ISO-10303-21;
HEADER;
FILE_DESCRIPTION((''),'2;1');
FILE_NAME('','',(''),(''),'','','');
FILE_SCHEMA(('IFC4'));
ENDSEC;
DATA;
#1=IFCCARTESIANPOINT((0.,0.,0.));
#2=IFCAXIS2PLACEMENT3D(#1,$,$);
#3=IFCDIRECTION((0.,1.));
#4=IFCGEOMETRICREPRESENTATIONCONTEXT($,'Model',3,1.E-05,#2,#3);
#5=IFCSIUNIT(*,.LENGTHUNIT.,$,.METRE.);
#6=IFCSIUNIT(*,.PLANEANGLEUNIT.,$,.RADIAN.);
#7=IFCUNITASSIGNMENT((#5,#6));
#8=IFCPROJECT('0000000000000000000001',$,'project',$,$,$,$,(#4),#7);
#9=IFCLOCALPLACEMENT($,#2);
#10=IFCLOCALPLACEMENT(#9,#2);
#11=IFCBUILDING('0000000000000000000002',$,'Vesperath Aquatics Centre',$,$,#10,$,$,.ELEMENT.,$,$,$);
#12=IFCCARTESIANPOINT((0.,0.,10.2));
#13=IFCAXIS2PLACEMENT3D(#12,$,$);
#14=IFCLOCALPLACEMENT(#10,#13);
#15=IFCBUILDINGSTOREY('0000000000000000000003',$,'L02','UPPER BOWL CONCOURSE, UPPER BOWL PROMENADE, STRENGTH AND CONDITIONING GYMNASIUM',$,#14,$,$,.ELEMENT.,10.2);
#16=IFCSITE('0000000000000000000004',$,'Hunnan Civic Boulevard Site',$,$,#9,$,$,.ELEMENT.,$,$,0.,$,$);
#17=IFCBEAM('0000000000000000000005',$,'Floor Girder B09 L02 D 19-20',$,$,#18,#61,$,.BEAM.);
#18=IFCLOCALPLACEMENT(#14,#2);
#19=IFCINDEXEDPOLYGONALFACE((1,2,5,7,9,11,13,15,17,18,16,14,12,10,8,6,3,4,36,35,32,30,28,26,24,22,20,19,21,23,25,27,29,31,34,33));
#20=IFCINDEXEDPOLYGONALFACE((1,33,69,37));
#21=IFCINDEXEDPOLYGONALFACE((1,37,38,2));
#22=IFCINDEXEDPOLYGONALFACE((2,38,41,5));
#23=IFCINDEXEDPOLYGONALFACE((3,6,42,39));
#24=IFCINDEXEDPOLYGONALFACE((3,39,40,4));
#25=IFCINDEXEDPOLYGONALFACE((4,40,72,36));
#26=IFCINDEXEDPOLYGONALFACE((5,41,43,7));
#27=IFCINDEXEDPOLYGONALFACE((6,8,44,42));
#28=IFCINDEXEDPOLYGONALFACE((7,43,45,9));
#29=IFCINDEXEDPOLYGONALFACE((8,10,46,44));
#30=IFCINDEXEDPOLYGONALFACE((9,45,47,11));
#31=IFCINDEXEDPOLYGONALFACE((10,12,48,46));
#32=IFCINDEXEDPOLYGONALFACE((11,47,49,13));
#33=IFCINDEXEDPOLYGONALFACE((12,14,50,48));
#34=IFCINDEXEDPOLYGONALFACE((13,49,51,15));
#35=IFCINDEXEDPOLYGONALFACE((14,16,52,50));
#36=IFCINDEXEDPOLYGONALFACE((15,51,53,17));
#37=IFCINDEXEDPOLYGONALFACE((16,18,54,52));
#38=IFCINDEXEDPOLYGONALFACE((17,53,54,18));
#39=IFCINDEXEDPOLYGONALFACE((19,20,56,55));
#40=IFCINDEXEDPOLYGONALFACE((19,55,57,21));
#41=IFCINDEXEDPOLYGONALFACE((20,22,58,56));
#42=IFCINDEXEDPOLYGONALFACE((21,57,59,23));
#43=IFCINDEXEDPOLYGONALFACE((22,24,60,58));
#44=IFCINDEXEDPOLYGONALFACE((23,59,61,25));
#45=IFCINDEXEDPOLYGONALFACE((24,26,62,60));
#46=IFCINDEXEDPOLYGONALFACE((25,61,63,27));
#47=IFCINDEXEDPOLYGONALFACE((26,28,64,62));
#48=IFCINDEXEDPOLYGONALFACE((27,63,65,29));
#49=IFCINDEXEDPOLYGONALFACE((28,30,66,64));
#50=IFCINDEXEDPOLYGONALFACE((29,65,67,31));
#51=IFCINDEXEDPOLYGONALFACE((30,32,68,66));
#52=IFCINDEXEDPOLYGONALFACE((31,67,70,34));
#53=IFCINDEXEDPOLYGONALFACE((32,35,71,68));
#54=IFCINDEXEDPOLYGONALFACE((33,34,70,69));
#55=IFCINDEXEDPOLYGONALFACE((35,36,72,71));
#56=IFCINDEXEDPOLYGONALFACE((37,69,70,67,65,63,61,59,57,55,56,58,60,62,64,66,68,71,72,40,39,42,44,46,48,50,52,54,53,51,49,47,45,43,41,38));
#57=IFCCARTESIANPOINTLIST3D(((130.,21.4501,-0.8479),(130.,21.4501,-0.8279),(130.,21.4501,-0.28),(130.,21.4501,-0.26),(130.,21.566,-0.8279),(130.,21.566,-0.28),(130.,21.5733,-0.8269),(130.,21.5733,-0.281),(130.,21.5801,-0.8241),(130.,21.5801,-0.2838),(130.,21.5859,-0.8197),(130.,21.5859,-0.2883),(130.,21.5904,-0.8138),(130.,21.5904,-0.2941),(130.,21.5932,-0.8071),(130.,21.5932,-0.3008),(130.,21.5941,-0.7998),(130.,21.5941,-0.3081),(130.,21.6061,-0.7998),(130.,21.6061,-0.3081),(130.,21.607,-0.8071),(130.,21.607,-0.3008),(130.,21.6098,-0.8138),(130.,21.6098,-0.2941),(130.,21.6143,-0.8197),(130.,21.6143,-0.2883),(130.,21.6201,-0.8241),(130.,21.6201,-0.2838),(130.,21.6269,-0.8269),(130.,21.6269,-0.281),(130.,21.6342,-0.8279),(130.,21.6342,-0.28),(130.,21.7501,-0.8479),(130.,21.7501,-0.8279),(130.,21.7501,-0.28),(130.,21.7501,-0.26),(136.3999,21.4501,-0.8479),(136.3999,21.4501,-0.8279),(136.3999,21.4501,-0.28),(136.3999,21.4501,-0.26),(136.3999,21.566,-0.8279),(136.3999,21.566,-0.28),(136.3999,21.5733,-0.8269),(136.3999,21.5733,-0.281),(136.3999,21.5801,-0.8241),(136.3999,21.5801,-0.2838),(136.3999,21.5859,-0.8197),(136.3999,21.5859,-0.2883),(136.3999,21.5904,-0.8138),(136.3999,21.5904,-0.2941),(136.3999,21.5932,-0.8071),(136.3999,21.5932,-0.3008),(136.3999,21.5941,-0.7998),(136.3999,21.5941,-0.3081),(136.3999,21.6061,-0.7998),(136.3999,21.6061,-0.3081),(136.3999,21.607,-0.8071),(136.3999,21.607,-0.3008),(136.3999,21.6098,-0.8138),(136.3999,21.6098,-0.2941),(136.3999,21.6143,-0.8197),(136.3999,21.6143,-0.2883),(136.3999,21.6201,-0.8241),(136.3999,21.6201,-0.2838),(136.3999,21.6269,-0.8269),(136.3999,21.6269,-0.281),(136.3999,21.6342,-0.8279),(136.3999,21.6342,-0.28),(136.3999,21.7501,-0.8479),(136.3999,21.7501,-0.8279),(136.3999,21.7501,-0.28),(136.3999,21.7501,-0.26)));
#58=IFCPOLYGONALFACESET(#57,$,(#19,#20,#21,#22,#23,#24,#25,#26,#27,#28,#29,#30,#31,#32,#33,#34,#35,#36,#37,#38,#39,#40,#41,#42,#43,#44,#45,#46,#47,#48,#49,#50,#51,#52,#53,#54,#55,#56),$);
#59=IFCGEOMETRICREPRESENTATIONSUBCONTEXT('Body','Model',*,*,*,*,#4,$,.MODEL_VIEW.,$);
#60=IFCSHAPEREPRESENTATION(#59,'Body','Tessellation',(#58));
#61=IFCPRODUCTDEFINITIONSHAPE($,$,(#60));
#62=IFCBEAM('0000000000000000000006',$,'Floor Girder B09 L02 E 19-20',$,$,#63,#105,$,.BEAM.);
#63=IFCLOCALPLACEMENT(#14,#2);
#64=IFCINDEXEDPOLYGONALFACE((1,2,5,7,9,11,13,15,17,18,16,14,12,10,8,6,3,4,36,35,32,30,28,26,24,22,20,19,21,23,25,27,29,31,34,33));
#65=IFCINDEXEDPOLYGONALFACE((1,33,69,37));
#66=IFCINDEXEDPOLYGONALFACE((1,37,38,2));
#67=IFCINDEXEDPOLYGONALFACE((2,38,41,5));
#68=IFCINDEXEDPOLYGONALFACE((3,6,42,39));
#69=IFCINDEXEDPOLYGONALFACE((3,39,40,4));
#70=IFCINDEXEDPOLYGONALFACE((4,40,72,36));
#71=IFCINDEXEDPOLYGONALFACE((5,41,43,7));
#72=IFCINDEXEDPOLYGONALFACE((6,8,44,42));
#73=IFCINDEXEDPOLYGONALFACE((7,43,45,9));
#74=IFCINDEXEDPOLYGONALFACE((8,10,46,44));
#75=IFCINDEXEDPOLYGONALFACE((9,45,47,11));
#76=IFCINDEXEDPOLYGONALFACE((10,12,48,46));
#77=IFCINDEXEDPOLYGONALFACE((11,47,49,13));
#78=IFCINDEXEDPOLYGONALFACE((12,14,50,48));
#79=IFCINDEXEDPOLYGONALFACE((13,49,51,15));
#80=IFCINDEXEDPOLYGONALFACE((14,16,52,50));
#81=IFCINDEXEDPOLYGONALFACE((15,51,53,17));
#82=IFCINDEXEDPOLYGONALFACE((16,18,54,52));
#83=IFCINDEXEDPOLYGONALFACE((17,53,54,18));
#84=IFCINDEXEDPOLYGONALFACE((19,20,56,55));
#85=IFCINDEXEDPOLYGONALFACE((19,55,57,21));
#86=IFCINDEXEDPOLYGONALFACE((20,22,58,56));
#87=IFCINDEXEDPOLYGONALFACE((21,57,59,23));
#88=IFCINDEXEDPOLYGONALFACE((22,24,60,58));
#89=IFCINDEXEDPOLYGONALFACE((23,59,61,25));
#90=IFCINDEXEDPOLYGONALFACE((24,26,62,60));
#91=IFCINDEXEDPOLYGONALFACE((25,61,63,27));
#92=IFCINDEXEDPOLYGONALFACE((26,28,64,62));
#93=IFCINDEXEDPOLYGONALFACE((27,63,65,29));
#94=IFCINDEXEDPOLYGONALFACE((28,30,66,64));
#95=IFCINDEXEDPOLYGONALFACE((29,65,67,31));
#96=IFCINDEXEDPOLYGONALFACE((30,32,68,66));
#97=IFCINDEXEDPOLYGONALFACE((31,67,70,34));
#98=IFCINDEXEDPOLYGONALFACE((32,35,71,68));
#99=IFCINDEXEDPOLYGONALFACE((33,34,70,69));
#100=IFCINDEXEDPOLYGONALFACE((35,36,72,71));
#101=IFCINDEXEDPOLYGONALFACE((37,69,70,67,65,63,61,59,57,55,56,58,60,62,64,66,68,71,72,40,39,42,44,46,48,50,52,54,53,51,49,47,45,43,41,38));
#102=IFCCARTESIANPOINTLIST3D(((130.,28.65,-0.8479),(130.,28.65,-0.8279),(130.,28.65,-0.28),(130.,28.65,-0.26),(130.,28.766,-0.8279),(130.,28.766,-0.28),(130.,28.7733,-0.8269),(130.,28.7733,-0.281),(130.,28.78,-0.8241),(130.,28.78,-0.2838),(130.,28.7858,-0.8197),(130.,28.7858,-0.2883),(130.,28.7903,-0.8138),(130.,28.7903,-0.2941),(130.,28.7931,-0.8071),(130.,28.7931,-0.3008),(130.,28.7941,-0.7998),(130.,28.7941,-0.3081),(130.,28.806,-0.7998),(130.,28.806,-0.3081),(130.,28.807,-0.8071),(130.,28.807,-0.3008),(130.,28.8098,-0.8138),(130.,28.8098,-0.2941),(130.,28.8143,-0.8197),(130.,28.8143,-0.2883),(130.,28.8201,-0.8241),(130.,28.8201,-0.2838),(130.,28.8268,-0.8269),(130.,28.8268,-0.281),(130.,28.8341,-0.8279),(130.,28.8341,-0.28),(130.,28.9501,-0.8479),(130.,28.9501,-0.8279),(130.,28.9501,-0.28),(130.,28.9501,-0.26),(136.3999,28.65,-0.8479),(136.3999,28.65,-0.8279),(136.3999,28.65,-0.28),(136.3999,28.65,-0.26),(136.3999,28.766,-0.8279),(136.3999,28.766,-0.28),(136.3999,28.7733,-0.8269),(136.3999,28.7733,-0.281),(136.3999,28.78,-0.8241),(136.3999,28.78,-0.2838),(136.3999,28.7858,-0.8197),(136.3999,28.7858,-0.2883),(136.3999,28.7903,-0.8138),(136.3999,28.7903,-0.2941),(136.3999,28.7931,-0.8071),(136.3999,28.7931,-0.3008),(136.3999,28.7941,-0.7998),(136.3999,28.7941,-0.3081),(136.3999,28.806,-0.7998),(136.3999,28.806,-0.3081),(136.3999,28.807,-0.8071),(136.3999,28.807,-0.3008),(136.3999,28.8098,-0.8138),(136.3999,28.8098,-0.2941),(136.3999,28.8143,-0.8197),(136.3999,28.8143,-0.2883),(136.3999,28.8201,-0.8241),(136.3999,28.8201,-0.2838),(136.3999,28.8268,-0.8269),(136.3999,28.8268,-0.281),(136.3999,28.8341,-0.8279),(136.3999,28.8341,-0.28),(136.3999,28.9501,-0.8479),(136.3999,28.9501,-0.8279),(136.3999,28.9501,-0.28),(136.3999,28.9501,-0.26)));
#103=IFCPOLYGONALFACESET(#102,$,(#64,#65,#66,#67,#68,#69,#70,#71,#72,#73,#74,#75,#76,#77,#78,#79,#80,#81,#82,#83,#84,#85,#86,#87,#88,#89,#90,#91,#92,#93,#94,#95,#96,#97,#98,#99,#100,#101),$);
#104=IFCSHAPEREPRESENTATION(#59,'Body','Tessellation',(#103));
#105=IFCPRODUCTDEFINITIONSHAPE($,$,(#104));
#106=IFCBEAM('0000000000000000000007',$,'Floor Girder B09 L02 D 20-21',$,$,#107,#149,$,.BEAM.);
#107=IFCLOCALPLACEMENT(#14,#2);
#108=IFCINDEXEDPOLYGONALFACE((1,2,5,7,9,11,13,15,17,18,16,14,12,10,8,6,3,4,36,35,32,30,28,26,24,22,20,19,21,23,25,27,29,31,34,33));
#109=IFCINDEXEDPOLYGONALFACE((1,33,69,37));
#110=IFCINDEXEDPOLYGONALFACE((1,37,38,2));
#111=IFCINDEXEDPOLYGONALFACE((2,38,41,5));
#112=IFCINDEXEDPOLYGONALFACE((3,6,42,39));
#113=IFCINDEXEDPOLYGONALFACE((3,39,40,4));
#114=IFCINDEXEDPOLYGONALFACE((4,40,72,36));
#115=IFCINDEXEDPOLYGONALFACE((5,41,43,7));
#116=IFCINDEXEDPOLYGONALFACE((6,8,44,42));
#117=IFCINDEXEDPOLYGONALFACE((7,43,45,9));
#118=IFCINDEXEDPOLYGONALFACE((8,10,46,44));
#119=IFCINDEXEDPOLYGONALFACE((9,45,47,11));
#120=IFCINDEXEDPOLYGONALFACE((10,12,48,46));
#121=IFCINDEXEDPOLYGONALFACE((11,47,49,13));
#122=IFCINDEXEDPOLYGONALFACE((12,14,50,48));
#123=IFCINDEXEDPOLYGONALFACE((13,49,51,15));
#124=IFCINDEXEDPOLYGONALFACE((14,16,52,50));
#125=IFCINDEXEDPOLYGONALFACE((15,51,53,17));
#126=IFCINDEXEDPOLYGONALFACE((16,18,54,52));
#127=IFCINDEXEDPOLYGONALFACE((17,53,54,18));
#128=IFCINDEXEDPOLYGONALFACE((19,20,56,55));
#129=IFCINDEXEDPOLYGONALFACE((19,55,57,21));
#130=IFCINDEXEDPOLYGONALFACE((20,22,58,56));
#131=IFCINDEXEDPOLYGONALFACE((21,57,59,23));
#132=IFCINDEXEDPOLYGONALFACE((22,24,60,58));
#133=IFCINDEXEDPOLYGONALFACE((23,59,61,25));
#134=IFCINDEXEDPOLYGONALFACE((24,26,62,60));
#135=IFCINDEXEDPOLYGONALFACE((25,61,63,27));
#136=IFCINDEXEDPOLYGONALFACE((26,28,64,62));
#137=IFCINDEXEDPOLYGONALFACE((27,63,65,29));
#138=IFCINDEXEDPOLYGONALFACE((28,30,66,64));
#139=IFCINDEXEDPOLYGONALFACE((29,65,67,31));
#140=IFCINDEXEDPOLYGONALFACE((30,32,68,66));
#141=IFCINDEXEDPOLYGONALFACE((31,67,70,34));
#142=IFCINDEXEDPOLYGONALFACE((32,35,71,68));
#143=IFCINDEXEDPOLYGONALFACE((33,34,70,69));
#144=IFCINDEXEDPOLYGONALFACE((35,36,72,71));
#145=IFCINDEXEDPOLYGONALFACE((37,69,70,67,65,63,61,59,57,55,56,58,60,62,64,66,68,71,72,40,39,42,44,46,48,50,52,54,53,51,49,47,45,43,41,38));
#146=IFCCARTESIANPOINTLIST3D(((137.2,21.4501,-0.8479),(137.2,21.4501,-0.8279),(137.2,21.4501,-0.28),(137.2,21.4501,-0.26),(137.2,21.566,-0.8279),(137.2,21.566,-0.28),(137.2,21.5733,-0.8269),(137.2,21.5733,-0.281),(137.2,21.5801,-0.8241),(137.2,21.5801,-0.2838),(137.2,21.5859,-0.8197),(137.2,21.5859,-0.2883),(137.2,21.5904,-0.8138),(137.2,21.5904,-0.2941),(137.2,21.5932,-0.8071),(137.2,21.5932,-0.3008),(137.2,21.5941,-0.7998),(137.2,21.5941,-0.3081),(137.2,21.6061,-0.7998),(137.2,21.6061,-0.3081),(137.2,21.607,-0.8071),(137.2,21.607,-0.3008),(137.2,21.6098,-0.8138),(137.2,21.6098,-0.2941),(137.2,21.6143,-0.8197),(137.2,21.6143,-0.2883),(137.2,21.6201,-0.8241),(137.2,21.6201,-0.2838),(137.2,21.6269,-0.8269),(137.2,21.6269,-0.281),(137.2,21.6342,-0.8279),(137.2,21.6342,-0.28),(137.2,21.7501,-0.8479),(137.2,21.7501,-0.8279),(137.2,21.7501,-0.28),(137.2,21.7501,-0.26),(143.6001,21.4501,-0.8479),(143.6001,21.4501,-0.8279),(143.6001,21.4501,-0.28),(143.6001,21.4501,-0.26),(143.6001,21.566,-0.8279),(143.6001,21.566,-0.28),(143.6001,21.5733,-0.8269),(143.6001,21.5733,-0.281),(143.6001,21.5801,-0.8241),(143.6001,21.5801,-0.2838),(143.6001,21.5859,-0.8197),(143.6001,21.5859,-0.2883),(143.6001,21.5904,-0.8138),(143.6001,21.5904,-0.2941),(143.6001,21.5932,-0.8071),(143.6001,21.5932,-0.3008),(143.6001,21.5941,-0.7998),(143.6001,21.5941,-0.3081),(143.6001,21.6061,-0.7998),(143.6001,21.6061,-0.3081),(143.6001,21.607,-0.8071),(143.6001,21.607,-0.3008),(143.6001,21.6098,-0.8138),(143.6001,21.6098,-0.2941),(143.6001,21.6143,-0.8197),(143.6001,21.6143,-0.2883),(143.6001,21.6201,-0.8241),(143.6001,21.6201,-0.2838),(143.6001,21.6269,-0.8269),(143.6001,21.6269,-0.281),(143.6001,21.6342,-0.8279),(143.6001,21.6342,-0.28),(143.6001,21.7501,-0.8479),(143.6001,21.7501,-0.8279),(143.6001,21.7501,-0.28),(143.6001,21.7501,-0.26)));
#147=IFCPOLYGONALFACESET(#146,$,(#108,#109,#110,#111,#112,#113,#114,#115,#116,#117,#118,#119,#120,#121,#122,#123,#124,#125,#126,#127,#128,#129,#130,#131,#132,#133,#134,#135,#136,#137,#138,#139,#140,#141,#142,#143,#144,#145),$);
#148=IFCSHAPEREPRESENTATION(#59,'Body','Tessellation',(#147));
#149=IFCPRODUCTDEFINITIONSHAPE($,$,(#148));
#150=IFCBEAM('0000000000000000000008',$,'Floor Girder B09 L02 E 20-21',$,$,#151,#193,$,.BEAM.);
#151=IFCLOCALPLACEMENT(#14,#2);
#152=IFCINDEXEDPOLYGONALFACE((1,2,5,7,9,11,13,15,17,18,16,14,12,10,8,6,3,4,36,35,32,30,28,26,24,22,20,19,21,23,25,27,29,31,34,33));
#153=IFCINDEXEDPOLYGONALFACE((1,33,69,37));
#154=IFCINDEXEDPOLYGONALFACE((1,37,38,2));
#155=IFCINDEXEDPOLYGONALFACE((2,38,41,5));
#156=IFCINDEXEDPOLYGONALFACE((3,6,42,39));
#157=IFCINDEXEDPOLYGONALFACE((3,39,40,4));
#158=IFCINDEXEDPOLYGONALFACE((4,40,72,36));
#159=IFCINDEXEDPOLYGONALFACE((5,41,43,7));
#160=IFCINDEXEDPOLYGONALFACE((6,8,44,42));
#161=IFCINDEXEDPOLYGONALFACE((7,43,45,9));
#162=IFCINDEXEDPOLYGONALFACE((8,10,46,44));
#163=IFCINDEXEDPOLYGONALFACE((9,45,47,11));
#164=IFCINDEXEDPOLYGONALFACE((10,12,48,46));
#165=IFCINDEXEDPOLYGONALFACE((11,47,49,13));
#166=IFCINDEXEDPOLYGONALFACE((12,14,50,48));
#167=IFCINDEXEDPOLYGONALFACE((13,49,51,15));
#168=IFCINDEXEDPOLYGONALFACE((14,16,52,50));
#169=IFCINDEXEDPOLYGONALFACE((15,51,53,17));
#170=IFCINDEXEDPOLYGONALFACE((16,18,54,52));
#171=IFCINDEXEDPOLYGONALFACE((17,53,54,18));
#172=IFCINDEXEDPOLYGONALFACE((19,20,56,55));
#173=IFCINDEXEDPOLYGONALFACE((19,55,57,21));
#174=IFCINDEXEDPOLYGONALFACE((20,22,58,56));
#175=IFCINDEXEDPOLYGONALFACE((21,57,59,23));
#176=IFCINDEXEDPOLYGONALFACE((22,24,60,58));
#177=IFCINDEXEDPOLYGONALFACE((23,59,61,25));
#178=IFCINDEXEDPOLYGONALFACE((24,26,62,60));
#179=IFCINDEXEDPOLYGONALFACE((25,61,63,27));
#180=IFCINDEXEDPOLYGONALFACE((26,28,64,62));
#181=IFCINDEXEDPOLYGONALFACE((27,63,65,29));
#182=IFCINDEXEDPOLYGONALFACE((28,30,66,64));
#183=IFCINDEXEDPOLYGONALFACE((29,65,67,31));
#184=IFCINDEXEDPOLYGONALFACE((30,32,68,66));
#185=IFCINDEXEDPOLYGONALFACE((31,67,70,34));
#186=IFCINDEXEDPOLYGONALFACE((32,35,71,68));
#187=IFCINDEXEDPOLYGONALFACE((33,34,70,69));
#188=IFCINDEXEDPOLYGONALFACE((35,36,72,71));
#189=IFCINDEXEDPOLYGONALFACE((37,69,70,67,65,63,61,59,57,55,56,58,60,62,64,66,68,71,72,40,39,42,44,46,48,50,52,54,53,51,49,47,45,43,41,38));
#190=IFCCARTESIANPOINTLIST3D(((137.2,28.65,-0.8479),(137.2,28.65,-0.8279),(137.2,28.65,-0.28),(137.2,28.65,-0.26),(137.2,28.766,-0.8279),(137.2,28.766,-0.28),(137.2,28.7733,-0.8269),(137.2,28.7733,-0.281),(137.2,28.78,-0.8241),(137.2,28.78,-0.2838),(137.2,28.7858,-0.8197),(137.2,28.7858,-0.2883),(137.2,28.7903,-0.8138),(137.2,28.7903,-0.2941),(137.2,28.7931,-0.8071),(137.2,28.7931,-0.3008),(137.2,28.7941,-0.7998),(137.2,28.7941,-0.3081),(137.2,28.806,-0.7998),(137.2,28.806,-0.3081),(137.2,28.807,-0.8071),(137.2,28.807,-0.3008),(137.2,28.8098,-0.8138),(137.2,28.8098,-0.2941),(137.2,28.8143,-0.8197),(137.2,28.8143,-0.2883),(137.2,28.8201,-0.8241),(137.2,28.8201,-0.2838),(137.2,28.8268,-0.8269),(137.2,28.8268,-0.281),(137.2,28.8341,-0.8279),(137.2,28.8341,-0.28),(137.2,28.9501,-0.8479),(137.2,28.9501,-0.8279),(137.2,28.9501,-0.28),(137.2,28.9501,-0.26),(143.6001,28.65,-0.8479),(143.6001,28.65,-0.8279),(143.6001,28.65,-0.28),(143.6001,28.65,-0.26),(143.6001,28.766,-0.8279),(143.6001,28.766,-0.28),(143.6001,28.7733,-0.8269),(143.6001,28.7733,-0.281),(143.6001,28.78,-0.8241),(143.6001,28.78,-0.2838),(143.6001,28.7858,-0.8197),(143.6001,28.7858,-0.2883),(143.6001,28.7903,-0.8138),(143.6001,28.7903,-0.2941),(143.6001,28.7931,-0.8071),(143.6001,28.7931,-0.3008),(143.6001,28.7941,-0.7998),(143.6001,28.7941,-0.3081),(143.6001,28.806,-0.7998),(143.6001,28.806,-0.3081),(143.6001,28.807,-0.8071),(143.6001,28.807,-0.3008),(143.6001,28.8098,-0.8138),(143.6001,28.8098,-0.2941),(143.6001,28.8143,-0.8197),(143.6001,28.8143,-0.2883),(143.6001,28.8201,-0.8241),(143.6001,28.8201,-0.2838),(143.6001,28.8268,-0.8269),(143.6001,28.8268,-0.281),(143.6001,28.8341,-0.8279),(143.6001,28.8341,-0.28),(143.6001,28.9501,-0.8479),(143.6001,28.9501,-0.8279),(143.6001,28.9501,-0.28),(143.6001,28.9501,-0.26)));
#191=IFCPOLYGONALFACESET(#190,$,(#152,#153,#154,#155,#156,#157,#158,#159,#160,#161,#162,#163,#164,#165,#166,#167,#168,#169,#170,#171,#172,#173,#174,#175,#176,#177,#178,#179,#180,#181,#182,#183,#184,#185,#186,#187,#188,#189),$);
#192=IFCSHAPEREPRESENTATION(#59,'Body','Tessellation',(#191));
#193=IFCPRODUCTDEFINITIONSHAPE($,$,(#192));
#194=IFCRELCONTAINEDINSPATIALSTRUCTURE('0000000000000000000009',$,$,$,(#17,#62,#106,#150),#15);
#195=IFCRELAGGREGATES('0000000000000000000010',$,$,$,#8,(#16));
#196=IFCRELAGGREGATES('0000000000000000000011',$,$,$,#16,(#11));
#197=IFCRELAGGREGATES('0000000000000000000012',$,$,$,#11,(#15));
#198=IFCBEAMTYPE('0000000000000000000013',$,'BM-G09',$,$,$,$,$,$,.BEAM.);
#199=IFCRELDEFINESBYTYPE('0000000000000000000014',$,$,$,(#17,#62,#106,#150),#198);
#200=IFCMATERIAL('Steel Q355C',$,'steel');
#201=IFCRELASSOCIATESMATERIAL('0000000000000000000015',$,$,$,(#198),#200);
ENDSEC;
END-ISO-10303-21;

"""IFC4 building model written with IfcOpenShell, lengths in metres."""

from ifc_helpers import new_model, si_unit, direction, frame, origin, origin_2d, place, context, subcontext, project, spatial, i_section, extrude, material, material_profile, profile_set, type_object, element, save


model = new_model("IFC4")

# Units and contexts
model_context = context("Model", 3, precision=1e-05, world=origin(), true_north=direction((0.0, 1.0)))
body_context = subcontext(model_context, "Body", "Model", "MODEL_VIEW")
ifc_project = project(units=[si_unit("LENGTHUNIT", "METRE"), si_unit("PLANEANGLEUNIT", "RADIAN")], contexts=[model_context])

# Site, building, storey
site_placement = place(None, origin())
site = spatial("IfcSite", under=ifc_project, at=site_placement, Name="Hunnan Civic Boulevard Site", CompositionType="ELEMENT", RefElevation=0.0)
building_placement = place(site_placement, origin())
building = spatial("IfcBuilding", under=site, at=building_placement, Name="Vesperath Aquatics Centre", CompositionType="ELEMENT")
storey_placement = place(building_placement, frame((0.0, 0.0, 10.2)))
storey = spatial("IfcBuildingStorey", under=building, at=storey_placement, Name="L02", Description="UPPER BOWL CONCOURSE, UPPER BOWL PROMENADE, STRENGTH AND CONDITIONING GYMNASIUM", CompositionType="ELEMENT", Elevation=10.2)

# Beams
ifc_material_1 = material(Name="Steel Q355C", Category="steel")
ifc_material_profile_1 = material_profile(ifc_material_1, i_section(OverallWidth=0.3, OverallDepth=0.5879, WebThickness=0.012, FlangeThickness=0.02, FilletRadius=0.0281, at=origin_2d()), Name="HM 588x300x12x20")
ifc_profile_set_1 = profile_set([ifc_material_profile_1], Name="Steel Q355C")
beam_type_1 = type_object("IfcBeamType", Name="BM-G09", PredefinedType="BEAM", material=ifc_profile_set_1)
for number, where, z_axis, x_axis, name in (
    (1, (130.0, 21.6001, -0.554), (1.0, 0.0, 0.0), (0.0, 1.0, 0.0), "Floor Girder B09 L02 D 19-20"),
    (2, (130.0, 28.8, -0.554), (1.0, 0.0, 0.0), (0.0, 1.0, 0.0), "Floor Girder B09 L02 E 19-20"),
):
    element("IfcBeam", number, at=place(storey_placement, frame(where, z_axis=z_axis, x_axis=x_axis)), inside=storey, type_object=beam_type_1, Name=name, PredefinedType="BEAM", context=body_context, shape_type="SweptSolid", body=[
        extrude(i_section(OverallWidth=0.3, OverallDepth=0.5879, WebThickness=0.012, FlangeThickness=0.02, FilletRadius=0.0281, at=origin_2d()), origin(), (0.0, 0.0, 1.0), 6.3999),
    ])
for number, where, z_axis, x_axis, name in (
    (3, (137.2, 21.6001, -0.554), (1.0, 0.0, 0.0), (0.0, 1.0, 0.0), "Floor Girder B09 L02 D 20-21"),
    (4, (137.2, 28.8, -0.554), (1.0, 0.0, 0.0), (0.0, 1.0, 0.0), "Floor Girder B09 L02 E 20-21"),
):
    element("IfcBeam", number, at=place(storey_placement, frame(where, z_axis=z_axis, x_axis=x_axis)), inside=storey, type_object=beam_type_1, Name=name, PredefinedType="BEAM", context=body_context, shape_type="SweptSolid", body=[
        extrude(i_section(OverallWidth=0.3, OverallDepth=0.5879, WebThickness=0.012, FlangeThickness=0.02, FilletRadius=0.0281, at=origin_2d()), origin(), (0.0, 0.0, 1.0), 6.4001),
    ])

save(model, "model.ifc")
